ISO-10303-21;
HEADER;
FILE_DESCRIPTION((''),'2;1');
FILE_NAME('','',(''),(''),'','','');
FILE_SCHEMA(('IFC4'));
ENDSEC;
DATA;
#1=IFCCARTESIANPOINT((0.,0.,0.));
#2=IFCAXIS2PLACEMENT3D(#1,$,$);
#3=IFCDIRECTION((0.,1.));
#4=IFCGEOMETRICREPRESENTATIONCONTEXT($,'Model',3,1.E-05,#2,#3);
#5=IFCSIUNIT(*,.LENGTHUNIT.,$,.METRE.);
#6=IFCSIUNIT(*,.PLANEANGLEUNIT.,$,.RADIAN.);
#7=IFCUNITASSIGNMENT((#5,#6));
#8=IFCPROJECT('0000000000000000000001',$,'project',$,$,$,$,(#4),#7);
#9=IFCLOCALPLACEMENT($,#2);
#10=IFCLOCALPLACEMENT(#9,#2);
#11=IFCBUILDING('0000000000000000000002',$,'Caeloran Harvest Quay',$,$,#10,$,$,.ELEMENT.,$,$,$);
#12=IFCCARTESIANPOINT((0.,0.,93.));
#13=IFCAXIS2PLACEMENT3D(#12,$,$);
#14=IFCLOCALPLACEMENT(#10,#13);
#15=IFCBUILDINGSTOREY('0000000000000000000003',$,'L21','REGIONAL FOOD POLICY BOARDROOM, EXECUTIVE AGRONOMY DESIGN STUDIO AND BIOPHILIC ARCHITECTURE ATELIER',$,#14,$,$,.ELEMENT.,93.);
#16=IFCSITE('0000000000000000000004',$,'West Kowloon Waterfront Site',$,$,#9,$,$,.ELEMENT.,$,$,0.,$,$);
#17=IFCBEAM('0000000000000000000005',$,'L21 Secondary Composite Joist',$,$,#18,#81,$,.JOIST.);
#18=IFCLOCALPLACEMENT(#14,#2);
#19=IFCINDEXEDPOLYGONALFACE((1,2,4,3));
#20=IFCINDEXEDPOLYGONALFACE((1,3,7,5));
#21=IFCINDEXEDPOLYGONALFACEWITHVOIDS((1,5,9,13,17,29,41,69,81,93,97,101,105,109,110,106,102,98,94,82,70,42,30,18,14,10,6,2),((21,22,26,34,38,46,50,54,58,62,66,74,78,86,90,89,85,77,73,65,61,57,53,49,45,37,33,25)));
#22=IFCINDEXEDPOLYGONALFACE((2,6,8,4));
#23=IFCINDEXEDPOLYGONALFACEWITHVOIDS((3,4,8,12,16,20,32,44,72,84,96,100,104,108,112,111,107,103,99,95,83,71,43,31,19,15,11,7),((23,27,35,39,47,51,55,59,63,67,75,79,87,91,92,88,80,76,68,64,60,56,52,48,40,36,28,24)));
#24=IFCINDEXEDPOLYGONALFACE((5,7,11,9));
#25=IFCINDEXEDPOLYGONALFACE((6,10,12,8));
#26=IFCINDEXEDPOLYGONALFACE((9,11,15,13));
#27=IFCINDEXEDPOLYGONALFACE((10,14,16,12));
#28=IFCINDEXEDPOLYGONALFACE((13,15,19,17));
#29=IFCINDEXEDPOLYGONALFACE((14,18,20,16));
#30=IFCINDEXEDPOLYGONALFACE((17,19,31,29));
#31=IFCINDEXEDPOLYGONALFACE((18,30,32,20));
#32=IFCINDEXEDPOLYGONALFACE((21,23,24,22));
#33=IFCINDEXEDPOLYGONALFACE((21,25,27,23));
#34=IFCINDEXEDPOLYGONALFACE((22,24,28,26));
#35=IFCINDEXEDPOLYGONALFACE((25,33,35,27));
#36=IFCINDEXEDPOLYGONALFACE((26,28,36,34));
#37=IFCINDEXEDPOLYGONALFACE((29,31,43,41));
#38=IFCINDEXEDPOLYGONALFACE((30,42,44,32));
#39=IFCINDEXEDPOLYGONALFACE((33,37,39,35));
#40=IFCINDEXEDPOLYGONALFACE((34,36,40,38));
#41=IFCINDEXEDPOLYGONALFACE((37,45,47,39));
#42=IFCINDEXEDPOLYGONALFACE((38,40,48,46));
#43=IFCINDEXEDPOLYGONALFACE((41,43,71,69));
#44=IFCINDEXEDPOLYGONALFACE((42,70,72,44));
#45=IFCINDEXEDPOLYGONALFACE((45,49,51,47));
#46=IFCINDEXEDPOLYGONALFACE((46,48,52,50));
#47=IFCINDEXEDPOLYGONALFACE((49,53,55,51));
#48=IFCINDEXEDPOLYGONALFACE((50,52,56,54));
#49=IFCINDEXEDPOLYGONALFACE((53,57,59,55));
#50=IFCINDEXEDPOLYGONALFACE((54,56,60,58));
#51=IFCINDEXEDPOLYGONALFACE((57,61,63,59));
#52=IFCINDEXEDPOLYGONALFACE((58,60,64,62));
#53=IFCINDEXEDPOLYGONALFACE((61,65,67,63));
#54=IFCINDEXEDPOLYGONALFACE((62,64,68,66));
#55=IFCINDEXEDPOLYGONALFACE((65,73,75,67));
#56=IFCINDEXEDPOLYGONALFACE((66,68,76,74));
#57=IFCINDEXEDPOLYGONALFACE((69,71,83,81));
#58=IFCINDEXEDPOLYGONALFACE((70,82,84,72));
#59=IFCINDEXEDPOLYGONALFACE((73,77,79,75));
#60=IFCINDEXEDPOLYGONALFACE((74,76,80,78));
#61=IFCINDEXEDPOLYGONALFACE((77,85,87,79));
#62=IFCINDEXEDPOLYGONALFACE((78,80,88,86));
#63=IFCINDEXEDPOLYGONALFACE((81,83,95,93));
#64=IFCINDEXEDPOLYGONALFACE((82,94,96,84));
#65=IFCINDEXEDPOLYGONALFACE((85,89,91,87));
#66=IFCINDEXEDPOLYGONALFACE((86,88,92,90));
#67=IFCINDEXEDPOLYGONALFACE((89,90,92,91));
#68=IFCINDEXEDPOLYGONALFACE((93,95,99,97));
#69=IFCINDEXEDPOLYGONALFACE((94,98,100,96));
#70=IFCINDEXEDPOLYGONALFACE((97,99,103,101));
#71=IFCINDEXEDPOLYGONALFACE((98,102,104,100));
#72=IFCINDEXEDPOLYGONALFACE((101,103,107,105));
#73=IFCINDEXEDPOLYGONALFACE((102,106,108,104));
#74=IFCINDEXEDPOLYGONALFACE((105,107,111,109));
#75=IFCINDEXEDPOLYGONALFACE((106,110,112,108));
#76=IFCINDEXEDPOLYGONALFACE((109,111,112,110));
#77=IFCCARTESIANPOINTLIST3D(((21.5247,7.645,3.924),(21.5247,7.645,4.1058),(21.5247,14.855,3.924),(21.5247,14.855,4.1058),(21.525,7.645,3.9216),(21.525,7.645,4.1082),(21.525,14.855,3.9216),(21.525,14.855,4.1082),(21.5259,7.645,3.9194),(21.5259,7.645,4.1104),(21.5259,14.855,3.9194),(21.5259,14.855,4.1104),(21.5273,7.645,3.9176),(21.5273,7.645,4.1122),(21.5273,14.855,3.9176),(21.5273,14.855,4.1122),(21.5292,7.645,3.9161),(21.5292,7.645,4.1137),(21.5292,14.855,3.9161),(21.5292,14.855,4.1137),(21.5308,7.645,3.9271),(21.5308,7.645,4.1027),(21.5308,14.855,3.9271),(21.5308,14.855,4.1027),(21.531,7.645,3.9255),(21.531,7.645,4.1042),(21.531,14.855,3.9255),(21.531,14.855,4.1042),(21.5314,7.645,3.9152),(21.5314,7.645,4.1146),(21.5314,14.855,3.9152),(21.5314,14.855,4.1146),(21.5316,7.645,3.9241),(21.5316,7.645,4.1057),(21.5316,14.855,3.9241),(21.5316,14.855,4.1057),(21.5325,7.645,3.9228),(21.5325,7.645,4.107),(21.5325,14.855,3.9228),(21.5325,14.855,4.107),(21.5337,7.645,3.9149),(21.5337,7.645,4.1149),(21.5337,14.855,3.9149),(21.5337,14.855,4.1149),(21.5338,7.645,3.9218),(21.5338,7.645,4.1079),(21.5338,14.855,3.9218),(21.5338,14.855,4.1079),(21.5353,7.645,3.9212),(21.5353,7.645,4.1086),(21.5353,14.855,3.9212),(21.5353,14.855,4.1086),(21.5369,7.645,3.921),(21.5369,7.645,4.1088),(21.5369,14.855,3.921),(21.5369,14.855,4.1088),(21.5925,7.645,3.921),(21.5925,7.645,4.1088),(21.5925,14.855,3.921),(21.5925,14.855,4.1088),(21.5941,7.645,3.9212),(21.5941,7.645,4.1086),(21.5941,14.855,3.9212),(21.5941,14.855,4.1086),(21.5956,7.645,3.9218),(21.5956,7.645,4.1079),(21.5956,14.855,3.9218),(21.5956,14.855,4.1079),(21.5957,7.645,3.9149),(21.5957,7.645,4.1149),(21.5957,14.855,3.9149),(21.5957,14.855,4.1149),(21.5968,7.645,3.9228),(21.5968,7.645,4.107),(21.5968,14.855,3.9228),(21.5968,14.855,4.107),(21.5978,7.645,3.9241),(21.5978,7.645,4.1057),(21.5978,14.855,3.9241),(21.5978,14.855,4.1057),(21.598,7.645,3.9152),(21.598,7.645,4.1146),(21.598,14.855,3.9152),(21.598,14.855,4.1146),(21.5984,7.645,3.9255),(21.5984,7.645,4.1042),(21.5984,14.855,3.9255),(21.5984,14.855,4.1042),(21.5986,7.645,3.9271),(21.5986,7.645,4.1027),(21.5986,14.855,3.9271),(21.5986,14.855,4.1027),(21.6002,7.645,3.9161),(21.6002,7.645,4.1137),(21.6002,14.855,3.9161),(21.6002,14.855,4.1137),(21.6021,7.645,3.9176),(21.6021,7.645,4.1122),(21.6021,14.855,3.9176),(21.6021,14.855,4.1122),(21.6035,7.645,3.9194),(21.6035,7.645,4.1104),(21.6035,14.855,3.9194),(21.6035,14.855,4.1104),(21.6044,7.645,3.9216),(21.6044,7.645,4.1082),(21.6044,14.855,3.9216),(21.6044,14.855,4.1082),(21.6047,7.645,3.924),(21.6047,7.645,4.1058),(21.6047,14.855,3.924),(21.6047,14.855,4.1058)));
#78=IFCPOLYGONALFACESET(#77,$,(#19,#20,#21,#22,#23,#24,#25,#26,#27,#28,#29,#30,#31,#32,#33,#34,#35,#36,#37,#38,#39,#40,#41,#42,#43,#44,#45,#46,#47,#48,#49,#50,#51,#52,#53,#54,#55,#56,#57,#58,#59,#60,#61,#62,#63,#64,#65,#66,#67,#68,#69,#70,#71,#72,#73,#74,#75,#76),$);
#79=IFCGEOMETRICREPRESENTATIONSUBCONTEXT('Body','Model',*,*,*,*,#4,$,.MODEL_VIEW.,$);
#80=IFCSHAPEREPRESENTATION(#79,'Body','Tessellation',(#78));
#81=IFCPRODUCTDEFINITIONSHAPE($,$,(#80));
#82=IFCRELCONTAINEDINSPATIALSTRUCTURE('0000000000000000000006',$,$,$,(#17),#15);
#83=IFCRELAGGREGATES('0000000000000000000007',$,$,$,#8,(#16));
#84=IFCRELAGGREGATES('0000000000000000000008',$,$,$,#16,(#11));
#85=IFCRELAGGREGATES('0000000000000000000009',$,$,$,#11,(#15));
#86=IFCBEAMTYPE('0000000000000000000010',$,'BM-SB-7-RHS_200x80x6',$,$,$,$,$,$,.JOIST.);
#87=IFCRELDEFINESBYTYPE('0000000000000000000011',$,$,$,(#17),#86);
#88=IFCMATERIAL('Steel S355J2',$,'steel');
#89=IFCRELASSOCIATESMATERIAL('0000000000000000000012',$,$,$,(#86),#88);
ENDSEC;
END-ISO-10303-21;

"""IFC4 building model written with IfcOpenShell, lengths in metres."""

from ifc_helpers import new_model, si_unit, direction, frame, origin, origin_2d, place, context, subcontext, project, spatial, hollow_rectangle, extrude, material, material_profile, profile_set, type_object, element, save


model = new_model("IFC4")

# Units and contexts
model_context = context("Model", 3, precision=1e-05, world=origin(), true_north=direction((0.0, 1.0)))
body_context = subcontext(model_context, "Body", "Model", "MODEL_VIEW")
ifc_project = project(units=[si_unit("LENGTHUNIT", "METRE"), si_unit("PLANEANGLEUNIT", "RADIAN")], contexts=[model_context])

# Site, building, storey
site_placement = place(None, origin())
site = spatial("IfcSite", under=ifc_project, at=site_placement, Name="West Kowloon Waterfront Site", CompositionType="ELEMENT", RefElevation=0.0)
building_placement = place(site_placement, origin())
building = spatial("IfcBuilding", under=site, at=building_placement, Name="Caeloran Harvest Quay", CompositionType="ELEMENT")
storey_placement = place(building_placement, frame((0.0, 0.0, 93.0)))
storey = spatial("IfcBuildingStorey", under=building, at=storey_placement, Name="L21", Description="REGIONAL FOOD POLICY BOARDROOM, EXECUTIVE AGRONOMY DESIGN STUDIO AND BIOPHILIC ARCHITECTURE ATELIER", CompositionType="ELEMENT", Elevation=93.0)

# Beam
ifc_material_1 = material(Name="Steel S355J2", Category="steel")
ifc_material_profile_1 = material_profile(ifc_material_1, hollow_rectangle(XDim=0.0801, YDim=0.2, WallThickness=0.0061, InnerFilletRadius=0.0061, OuterFilletRadius=0.009, at=origin_2d()), Name="RHS 200x80x6")
ifc_profile_set_1 = profile_set([ifc_material_profile_1], Name="Steel S355J2")
beam_type_1 = type_object("IfcBeamType", Name="BM-SB-7-RHS_200x80x6", PredefinedType="JOIST", material=ifc_profile_set_1)
for number, where, z_axis, x_axis, name in (
    (1, (21.5647, 7.645, 4.0149), (0.0, 1.0, 0.0), (-1.0, 0.0, 0.0), "L21 Secondary Composite Joist"),
):
    element("IfcBeam", number, at=place(storey_placement, frame(where, z_axis=z_axis, x_axis=x_axis)), inside=storey, type_object=beam_type_1, Name=name, PredefinedType="JOIST", context=body_context, shape_type="SweptSolid", body=[
        extrude(hollow_rectangle(XDim=0.0801, YDim=0.2, WallThickness=0.0061, InnerFilletRadius=0.0061, OuterFilletRadius=0.009, at=origin_2d()), origin(), (0.0, 0.0, 1.0), 7.21),
    ])

save(model, "model.ifc")
